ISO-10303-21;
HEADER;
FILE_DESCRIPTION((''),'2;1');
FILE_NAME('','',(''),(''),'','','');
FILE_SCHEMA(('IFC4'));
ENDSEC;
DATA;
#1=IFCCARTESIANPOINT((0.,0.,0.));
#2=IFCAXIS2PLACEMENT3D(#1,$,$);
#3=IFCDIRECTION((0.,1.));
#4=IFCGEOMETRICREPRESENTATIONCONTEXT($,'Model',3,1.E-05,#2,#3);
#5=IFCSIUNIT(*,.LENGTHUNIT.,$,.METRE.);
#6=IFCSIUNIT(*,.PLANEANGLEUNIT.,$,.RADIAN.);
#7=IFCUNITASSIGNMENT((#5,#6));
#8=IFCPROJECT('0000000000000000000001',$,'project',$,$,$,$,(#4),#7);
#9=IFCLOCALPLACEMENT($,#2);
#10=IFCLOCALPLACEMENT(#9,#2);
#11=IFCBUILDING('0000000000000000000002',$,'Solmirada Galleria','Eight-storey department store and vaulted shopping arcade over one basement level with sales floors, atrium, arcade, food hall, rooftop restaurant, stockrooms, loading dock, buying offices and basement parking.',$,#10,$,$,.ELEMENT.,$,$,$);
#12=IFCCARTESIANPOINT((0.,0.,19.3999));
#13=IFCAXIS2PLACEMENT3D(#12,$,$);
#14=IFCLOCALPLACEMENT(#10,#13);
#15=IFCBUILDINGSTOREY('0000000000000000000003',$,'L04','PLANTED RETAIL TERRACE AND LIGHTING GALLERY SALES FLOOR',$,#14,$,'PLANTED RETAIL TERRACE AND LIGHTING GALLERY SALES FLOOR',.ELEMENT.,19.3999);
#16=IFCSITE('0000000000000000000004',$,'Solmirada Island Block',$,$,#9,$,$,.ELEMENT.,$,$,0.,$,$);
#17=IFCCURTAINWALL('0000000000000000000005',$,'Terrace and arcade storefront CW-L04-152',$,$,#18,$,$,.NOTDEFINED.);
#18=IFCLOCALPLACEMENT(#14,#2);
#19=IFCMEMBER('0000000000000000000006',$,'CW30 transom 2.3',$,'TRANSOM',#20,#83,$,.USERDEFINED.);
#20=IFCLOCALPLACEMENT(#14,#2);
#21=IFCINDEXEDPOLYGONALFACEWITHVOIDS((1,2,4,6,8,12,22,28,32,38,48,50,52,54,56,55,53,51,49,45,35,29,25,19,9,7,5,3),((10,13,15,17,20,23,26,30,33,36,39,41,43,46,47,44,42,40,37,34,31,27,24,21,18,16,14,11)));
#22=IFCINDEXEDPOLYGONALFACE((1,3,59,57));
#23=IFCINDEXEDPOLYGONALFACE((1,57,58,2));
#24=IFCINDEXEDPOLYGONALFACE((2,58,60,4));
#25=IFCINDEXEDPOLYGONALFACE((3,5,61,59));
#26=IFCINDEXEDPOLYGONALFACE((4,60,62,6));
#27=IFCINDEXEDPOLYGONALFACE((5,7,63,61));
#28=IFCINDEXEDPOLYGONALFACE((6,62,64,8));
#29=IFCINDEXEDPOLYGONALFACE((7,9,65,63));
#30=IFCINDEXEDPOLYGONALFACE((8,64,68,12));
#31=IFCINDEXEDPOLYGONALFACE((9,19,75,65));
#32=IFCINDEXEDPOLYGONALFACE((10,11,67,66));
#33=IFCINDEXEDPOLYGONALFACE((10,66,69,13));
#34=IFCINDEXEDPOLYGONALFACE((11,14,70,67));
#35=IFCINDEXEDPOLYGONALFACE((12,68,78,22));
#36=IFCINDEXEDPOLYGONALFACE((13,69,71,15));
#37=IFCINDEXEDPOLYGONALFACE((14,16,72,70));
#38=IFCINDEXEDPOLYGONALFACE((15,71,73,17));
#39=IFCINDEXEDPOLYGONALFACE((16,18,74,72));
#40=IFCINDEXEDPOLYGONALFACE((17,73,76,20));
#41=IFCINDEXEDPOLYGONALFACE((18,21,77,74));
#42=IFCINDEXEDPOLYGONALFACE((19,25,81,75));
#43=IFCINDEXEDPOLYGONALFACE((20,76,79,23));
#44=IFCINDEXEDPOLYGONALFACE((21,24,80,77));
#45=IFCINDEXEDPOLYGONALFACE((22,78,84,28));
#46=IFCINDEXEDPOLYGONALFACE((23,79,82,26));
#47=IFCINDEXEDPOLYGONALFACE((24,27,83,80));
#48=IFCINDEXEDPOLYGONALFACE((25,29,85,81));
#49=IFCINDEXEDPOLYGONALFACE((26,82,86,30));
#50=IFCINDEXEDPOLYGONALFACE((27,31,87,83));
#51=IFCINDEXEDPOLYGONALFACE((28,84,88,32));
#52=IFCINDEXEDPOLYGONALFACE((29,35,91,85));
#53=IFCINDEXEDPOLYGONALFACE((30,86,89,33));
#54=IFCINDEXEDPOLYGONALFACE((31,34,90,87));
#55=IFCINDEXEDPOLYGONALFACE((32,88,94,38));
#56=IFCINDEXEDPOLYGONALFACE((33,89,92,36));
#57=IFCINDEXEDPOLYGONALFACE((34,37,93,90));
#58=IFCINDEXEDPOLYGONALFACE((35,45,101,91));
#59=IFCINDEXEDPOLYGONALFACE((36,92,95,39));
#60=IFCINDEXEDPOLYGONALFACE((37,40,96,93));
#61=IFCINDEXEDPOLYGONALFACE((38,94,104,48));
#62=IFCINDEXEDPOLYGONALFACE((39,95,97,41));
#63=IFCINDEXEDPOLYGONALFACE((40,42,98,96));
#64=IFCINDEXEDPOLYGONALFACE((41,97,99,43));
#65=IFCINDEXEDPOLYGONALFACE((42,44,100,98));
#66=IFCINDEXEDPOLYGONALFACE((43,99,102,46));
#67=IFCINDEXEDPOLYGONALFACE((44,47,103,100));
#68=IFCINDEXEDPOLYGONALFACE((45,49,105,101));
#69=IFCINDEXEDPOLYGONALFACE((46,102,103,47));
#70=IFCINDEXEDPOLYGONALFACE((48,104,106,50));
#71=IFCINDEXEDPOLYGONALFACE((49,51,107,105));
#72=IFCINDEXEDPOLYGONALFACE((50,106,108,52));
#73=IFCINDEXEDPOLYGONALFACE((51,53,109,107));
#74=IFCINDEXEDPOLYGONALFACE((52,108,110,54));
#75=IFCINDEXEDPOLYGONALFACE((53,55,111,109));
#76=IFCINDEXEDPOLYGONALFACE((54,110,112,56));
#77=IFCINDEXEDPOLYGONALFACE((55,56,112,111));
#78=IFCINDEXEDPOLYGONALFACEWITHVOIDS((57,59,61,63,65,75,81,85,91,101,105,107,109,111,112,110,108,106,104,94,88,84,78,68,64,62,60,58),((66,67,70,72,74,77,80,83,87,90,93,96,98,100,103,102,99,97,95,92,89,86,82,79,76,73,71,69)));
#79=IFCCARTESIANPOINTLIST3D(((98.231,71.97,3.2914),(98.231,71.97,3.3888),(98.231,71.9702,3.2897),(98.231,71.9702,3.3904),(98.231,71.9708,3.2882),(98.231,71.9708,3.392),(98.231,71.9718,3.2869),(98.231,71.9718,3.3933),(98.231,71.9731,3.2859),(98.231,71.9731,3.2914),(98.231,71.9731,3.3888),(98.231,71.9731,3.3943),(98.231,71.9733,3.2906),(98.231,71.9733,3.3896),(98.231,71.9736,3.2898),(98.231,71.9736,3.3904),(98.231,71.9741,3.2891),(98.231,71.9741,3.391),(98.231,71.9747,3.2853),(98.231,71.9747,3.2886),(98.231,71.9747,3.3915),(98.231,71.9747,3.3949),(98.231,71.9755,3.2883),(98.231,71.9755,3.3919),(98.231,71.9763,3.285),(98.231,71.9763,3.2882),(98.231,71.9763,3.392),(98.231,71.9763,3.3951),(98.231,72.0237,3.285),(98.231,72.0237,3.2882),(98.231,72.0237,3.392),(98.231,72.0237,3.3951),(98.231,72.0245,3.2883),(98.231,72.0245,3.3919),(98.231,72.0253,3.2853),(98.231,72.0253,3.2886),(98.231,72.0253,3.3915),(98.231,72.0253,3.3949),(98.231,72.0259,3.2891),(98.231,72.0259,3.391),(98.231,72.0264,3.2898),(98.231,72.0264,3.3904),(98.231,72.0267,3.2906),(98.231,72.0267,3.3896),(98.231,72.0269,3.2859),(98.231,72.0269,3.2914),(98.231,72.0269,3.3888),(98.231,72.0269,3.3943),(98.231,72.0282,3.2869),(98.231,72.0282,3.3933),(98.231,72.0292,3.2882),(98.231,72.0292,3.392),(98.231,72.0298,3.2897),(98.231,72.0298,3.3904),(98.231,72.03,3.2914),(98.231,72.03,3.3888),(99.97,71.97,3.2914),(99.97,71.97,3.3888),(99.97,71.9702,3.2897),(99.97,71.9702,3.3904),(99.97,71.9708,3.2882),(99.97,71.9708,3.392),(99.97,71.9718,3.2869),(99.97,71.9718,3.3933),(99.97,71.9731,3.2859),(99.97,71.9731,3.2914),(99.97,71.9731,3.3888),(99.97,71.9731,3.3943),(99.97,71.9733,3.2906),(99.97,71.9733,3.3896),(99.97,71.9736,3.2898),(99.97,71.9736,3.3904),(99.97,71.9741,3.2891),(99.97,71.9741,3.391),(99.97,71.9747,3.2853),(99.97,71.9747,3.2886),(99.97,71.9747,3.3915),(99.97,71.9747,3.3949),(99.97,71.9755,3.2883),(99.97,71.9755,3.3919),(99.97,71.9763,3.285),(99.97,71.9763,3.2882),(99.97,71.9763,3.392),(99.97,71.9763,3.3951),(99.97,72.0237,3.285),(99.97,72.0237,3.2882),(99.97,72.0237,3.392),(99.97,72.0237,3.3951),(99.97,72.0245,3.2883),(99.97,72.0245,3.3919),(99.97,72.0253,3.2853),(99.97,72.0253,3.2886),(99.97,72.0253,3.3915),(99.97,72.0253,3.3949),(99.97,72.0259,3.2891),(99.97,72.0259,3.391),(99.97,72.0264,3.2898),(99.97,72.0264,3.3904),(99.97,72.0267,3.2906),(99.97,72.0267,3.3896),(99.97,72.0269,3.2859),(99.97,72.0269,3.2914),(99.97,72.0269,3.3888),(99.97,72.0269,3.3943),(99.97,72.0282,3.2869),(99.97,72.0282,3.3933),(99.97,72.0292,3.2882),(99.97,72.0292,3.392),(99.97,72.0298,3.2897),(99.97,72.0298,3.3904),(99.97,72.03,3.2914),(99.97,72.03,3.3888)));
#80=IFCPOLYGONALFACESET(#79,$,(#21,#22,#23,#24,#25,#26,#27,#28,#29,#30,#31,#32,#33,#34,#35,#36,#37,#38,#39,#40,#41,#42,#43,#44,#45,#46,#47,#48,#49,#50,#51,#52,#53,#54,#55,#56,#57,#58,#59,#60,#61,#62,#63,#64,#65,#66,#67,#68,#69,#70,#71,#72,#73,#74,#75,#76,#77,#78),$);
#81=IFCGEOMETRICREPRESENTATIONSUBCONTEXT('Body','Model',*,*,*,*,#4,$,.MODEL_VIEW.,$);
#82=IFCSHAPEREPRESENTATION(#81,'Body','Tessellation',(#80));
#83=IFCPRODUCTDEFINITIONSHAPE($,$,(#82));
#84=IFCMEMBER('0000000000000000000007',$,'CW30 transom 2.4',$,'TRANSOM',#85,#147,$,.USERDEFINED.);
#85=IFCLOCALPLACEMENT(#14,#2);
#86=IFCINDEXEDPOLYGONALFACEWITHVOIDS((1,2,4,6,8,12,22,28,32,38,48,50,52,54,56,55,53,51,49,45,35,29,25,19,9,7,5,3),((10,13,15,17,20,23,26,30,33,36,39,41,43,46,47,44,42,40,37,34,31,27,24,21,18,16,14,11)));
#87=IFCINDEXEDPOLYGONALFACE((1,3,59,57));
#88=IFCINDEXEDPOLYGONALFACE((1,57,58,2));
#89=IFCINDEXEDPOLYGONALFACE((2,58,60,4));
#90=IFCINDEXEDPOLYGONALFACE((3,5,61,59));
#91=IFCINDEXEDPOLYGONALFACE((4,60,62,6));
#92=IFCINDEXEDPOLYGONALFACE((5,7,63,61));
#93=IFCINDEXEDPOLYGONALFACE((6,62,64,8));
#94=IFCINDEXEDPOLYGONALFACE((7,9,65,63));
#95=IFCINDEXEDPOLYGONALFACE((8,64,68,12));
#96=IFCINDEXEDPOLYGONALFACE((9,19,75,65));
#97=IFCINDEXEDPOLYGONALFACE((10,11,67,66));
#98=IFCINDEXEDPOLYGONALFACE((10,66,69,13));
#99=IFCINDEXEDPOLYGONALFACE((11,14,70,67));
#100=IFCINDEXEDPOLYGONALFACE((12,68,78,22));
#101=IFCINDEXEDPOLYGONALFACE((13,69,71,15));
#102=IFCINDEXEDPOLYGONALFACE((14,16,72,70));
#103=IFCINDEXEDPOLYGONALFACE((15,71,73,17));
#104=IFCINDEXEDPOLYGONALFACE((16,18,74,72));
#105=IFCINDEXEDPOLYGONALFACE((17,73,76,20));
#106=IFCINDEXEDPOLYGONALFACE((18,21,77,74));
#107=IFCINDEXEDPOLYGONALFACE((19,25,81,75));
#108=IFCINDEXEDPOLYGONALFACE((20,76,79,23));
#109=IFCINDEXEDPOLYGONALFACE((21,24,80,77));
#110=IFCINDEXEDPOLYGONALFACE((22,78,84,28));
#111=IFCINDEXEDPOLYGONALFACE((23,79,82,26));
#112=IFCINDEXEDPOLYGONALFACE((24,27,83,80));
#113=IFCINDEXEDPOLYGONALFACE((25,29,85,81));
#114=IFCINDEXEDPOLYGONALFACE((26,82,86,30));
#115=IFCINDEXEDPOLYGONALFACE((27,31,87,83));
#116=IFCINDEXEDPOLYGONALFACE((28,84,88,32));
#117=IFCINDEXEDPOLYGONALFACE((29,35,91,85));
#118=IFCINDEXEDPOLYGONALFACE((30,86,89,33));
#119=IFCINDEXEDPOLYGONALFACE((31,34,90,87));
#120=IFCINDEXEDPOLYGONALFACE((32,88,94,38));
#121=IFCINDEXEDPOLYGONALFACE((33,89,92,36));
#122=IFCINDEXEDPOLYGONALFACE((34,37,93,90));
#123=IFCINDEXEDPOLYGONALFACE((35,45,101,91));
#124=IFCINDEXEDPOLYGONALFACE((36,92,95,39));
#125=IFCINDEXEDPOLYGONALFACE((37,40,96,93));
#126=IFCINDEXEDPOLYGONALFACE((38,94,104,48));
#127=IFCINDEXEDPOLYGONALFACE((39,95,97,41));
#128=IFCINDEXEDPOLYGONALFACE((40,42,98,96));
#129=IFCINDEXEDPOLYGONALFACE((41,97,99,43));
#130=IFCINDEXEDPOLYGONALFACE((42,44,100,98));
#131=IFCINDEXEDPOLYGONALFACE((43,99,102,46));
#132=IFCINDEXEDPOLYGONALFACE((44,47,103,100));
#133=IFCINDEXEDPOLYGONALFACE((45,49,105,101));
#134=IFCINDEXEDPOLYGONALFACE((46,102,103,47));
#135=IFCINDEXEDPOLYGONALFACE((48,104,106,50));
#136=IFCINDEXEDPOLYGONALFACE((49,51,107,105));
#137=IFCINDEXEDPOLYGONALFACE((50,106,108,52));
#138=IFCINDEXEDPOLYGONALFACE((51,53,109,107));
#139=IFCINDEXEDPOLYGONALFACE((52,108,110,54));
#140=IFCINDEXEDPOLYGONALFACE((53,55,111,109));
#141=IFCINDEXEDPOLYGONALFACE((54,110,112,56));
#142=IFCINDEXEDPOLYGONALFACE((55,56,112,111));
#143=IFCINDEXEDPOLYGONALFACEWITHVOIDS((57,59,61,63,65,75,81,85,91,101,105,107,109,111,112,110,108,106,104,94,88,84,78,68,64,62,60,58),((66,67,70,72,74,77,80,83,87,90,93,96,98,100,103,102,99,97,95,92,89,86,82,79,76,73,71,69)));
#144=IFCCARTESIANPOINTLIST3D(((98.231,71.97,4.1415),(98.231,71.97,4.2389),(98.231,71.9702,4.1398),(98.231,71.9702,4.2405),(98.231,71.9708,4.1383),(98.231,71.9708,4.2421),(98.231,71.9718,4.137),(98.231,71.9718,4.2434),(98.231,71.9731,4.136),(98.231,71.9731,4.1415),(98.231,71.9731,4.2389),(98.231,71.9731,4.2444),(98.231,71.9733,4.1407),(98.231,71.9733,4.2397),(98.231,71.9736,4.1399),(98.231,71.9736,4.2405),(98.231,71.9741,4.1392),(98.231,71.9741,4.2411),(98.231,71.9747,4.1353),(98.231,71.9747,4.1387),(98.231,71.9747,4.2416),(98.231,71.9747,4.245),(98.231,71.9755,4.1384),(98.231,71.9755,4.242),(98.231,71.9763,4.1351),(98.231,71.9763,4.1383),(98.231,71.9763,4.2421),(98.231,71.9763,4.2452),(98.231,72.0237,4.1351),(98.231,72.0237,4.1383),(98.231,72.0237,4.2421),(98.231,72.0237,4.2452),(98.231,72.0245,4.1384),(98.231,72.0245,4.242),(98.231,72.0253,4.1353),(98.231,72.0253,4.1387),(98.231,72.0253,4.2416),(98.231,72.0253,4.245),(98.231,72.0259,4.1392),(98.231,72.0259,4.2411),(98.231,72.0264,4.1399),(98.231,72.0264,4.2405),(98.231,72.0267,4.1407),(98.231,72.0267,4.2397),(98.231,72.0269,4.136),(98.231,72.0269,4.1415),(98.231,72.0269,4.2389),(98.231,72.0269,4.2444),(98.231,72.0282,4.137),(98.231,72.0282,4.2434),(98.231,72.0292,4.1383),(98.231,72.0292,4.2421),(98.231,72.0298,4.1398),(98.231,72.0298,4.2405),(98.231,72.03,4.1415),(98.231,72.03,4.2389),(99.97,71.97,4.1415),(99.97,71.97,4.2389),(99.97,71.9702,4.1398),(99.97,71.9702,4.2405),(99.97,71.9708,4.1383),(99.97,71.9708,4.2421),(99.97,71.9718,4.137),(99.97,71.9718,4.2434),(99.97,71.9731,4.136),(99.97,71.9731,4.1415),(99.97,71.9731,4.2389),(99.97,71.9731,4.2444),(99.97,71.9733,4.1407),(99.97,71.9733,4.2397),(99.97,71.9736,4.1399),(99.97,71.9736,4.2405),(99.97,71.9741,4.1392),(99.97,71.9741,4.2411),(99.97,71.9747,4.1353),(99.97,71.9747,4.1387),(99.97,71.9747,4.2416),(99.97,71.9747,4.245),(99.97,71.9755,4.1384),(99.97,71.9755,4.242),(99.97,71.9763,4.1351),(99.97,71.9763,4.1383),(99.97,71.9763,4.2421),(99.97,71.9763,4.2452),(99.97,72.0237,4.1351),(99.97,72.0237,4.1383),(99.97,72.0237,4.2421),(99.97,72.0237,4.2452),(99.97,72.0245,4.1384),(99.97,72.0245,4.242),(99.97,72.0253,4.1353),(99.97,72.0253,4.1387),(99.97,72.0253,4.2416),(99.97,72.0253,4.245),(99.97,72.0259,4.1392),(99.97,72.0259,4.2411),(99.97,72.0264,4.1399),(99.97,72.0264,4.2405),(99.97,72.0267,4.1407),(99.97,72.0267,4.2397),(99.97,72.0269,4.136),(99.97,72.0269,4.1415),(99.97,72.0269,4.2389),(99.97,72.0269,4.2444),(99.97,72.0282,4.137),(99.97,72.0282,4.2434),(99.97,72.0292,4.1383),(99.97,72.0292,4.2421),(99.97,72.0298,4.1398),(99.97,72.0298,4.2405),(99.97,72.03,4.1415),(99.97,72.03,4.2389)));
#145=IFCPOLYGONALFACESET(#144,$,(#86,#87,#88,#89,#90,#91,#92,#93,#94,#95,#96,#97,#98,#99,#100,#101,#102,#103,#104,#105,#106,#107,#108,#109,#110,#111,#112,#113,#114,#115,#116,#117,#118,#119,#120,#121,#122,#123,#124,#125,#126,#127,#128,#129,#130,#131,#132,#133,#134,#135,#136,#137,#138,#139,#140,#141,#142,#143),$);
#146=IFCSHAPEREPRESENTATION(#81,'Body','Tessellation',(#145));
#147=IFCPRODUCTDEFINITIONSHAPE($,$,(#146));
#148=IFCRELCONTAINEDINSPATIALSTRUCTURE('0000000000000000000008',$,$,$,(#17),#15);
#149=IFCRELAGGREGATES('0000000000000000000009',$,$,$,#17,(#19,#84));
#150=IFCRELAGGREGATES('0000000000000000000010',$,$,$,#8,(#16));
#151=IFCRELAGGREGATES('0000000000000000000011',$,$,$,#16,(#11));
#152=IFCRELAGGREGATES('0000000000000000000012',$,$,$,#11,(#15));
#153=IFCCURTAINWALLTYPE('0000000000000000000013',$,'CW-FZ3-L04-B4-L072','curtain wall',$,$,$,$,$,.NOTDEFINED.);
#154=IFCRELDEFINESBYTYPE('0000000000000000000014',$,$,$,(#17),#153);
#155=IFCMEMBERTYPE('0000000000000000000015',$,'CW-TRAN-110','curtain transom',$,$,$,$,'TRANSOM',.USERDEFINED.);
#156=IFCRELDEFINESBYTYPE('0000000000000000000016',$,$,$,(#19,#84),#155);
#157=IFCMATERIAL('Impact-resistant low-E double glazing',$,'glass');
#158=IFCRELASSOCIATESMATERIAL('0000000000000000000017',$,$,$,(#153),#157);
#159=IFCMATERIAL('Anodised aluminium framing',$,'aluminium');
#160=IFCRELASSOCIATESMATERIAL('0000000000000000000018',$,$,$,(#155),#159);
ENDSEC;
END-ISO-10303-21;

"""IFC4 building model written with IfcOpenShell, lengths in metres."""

from ifc_helpers import new_model, si_unit, direction, frame, origin, origin_2d, place, context, subcontext, project, spatial, hollow_rectangle, extrude, material, material_profile, profile_set, type_object, element, aggregate, save


model = new_model("IFC4")

# Units and contexts
model_context = context("Model", 3, precision=1e-05, world=origin(), true_north=direction((0.0, 1.0)))
body_context = subcontext(model_context, "Body", "Model", "MODEL_VIEW")
ifc_project = project(units=[si_unit("LENGTHUNIT", "METRE"), si_unit("PLANEANGLEUNIT", "RADIAN")], contexts=[model_context])

# Site, building, storey
site_placement = place(None, origin())
site = spatial("IfcSite", under=ifc_project, at=site_placement, Name="Solmirada Island Block", CompositionType="ELEMENT", RefElevation=0.0)
building_placement = place(site_placement, origin())
building = spatial("IfcBuilding", under=site, at=building_placement, Name="Solmirada Galleria", Description="Eight-storey department store and vaulted shopping arcade over one basement level with sales floors, atrium, arcade, food hall, rooftop restaurant, stockrooms, loading dock, buying offices and basement parking.", CompositionType="ELEMENT")
storey_placement = place(building_placement, frame((0.0, 0.0, 19.3999)))
storey = spatial("IfcBuildingStorey", under=building, at=storey_placement, Name="L04", Description="PLANTED RETAIL TERRACE AND LIGHTING GALLERY SALES FLOOR", LongName="PLANTED RETAIL TERRACE AND LIGHTING GALLERY SALES FLOOR", CompositionType="ELEMENT", Elevation=19.3999)

# Curtain wall, members
ifc_material_1 = material(Name="Impact-resistant low-E double glazing", Category="glass")
curtain_wall_type = type_object("IfcCurtainWallType", Name="CW-FZ3-L04-B4-L072", Description="curtain wall", PredefinedType="NOTDEFINED", material=ifc_material_1)
curtain_wall_placement = place(storey_placement, origin())
curtain_wall = element("IfcCurtainWall", 1, at=curtain_wall_placement, inside=storey, type_object=curtain_wall_type, Name="Terrace and arcade storefront CW-L04-152", PredefinedType="NOTDEFINED")
ifc_material_2 = material(Name="Anodised aluminium framing", Category="aluminium")
ifc_material_profile_1 = material_profile(ifc_material_2, hollow_rectangle(XDim=0.0601, YDim=0.1101, WallThickness=0.0032, InnerFilletRadius=0.0032, OuterFilletRadius=0.0063, at=origin_2d()), Name="ALU-TRAN-110X60")
ifc_profile_set_1 = profile_set([ifc_material_profile_1], Name="Anodised aluminium framing")
member_type_1 = type_object("IfcMemberType", Name="CW-TRAN-110", Description="curtain transom", ElementType="TRANSOM", PredefinedType="USERDEFINED", material=ifc_profile_set_1)
member_1_placement = place(storey_placement, frame((98.231, 72.0, 3.3401), z_axis=(1.0, 0.0, 0.0), x_axis=(0.0, 1.0, 0.0)))
member_1 = element("IfcMember", 2, at=member_1_placement, type_object=member_type_1, Name="CW30 transom 2.3", ObjectType="TRANSOM", PredefinedType="USERDEFINED", context=body_context, shape_type="SweptSolid", body=[
    extrude(hollow_rectangle(XDim=0.0601, YDim=0.1101, WallThickness=0.0032, InnerFilletRadius=0.0032, OuterFilletRadius=0.0063, at=origin_2d()), origin(), (0.0, 0.0, 1.0), 1.739),
])
member_2_placement = place(storey_placement, frame((98.231, 72.0, 4.1902), z_axis=(1.0, 0.0, 0.0), x_axis=(0.0, 1.0, 0.0)))
member_2 = element("IfcMember", 3, at=member_2_placement, type_object=member_type_1, Name="CW30 transom 2.4", ObjectType="TRANSOM", PredefinedType="USERDEFINED", context=body_context, shape_type="SweptSolid", body=[
    extrude(hollow_rectangle(XDim=0.0601, YDim=0.1101, WallThickness=0.0032, InnerFilletRadius=0.0032, OuterFilletRadius=0.0063, at=origin_2d()), origin(), (0.0, 0.0, 1.0), 1.739),
])
aggregate(curtain_wall, [member_1, member_2])

save(model, "model.ifc")
